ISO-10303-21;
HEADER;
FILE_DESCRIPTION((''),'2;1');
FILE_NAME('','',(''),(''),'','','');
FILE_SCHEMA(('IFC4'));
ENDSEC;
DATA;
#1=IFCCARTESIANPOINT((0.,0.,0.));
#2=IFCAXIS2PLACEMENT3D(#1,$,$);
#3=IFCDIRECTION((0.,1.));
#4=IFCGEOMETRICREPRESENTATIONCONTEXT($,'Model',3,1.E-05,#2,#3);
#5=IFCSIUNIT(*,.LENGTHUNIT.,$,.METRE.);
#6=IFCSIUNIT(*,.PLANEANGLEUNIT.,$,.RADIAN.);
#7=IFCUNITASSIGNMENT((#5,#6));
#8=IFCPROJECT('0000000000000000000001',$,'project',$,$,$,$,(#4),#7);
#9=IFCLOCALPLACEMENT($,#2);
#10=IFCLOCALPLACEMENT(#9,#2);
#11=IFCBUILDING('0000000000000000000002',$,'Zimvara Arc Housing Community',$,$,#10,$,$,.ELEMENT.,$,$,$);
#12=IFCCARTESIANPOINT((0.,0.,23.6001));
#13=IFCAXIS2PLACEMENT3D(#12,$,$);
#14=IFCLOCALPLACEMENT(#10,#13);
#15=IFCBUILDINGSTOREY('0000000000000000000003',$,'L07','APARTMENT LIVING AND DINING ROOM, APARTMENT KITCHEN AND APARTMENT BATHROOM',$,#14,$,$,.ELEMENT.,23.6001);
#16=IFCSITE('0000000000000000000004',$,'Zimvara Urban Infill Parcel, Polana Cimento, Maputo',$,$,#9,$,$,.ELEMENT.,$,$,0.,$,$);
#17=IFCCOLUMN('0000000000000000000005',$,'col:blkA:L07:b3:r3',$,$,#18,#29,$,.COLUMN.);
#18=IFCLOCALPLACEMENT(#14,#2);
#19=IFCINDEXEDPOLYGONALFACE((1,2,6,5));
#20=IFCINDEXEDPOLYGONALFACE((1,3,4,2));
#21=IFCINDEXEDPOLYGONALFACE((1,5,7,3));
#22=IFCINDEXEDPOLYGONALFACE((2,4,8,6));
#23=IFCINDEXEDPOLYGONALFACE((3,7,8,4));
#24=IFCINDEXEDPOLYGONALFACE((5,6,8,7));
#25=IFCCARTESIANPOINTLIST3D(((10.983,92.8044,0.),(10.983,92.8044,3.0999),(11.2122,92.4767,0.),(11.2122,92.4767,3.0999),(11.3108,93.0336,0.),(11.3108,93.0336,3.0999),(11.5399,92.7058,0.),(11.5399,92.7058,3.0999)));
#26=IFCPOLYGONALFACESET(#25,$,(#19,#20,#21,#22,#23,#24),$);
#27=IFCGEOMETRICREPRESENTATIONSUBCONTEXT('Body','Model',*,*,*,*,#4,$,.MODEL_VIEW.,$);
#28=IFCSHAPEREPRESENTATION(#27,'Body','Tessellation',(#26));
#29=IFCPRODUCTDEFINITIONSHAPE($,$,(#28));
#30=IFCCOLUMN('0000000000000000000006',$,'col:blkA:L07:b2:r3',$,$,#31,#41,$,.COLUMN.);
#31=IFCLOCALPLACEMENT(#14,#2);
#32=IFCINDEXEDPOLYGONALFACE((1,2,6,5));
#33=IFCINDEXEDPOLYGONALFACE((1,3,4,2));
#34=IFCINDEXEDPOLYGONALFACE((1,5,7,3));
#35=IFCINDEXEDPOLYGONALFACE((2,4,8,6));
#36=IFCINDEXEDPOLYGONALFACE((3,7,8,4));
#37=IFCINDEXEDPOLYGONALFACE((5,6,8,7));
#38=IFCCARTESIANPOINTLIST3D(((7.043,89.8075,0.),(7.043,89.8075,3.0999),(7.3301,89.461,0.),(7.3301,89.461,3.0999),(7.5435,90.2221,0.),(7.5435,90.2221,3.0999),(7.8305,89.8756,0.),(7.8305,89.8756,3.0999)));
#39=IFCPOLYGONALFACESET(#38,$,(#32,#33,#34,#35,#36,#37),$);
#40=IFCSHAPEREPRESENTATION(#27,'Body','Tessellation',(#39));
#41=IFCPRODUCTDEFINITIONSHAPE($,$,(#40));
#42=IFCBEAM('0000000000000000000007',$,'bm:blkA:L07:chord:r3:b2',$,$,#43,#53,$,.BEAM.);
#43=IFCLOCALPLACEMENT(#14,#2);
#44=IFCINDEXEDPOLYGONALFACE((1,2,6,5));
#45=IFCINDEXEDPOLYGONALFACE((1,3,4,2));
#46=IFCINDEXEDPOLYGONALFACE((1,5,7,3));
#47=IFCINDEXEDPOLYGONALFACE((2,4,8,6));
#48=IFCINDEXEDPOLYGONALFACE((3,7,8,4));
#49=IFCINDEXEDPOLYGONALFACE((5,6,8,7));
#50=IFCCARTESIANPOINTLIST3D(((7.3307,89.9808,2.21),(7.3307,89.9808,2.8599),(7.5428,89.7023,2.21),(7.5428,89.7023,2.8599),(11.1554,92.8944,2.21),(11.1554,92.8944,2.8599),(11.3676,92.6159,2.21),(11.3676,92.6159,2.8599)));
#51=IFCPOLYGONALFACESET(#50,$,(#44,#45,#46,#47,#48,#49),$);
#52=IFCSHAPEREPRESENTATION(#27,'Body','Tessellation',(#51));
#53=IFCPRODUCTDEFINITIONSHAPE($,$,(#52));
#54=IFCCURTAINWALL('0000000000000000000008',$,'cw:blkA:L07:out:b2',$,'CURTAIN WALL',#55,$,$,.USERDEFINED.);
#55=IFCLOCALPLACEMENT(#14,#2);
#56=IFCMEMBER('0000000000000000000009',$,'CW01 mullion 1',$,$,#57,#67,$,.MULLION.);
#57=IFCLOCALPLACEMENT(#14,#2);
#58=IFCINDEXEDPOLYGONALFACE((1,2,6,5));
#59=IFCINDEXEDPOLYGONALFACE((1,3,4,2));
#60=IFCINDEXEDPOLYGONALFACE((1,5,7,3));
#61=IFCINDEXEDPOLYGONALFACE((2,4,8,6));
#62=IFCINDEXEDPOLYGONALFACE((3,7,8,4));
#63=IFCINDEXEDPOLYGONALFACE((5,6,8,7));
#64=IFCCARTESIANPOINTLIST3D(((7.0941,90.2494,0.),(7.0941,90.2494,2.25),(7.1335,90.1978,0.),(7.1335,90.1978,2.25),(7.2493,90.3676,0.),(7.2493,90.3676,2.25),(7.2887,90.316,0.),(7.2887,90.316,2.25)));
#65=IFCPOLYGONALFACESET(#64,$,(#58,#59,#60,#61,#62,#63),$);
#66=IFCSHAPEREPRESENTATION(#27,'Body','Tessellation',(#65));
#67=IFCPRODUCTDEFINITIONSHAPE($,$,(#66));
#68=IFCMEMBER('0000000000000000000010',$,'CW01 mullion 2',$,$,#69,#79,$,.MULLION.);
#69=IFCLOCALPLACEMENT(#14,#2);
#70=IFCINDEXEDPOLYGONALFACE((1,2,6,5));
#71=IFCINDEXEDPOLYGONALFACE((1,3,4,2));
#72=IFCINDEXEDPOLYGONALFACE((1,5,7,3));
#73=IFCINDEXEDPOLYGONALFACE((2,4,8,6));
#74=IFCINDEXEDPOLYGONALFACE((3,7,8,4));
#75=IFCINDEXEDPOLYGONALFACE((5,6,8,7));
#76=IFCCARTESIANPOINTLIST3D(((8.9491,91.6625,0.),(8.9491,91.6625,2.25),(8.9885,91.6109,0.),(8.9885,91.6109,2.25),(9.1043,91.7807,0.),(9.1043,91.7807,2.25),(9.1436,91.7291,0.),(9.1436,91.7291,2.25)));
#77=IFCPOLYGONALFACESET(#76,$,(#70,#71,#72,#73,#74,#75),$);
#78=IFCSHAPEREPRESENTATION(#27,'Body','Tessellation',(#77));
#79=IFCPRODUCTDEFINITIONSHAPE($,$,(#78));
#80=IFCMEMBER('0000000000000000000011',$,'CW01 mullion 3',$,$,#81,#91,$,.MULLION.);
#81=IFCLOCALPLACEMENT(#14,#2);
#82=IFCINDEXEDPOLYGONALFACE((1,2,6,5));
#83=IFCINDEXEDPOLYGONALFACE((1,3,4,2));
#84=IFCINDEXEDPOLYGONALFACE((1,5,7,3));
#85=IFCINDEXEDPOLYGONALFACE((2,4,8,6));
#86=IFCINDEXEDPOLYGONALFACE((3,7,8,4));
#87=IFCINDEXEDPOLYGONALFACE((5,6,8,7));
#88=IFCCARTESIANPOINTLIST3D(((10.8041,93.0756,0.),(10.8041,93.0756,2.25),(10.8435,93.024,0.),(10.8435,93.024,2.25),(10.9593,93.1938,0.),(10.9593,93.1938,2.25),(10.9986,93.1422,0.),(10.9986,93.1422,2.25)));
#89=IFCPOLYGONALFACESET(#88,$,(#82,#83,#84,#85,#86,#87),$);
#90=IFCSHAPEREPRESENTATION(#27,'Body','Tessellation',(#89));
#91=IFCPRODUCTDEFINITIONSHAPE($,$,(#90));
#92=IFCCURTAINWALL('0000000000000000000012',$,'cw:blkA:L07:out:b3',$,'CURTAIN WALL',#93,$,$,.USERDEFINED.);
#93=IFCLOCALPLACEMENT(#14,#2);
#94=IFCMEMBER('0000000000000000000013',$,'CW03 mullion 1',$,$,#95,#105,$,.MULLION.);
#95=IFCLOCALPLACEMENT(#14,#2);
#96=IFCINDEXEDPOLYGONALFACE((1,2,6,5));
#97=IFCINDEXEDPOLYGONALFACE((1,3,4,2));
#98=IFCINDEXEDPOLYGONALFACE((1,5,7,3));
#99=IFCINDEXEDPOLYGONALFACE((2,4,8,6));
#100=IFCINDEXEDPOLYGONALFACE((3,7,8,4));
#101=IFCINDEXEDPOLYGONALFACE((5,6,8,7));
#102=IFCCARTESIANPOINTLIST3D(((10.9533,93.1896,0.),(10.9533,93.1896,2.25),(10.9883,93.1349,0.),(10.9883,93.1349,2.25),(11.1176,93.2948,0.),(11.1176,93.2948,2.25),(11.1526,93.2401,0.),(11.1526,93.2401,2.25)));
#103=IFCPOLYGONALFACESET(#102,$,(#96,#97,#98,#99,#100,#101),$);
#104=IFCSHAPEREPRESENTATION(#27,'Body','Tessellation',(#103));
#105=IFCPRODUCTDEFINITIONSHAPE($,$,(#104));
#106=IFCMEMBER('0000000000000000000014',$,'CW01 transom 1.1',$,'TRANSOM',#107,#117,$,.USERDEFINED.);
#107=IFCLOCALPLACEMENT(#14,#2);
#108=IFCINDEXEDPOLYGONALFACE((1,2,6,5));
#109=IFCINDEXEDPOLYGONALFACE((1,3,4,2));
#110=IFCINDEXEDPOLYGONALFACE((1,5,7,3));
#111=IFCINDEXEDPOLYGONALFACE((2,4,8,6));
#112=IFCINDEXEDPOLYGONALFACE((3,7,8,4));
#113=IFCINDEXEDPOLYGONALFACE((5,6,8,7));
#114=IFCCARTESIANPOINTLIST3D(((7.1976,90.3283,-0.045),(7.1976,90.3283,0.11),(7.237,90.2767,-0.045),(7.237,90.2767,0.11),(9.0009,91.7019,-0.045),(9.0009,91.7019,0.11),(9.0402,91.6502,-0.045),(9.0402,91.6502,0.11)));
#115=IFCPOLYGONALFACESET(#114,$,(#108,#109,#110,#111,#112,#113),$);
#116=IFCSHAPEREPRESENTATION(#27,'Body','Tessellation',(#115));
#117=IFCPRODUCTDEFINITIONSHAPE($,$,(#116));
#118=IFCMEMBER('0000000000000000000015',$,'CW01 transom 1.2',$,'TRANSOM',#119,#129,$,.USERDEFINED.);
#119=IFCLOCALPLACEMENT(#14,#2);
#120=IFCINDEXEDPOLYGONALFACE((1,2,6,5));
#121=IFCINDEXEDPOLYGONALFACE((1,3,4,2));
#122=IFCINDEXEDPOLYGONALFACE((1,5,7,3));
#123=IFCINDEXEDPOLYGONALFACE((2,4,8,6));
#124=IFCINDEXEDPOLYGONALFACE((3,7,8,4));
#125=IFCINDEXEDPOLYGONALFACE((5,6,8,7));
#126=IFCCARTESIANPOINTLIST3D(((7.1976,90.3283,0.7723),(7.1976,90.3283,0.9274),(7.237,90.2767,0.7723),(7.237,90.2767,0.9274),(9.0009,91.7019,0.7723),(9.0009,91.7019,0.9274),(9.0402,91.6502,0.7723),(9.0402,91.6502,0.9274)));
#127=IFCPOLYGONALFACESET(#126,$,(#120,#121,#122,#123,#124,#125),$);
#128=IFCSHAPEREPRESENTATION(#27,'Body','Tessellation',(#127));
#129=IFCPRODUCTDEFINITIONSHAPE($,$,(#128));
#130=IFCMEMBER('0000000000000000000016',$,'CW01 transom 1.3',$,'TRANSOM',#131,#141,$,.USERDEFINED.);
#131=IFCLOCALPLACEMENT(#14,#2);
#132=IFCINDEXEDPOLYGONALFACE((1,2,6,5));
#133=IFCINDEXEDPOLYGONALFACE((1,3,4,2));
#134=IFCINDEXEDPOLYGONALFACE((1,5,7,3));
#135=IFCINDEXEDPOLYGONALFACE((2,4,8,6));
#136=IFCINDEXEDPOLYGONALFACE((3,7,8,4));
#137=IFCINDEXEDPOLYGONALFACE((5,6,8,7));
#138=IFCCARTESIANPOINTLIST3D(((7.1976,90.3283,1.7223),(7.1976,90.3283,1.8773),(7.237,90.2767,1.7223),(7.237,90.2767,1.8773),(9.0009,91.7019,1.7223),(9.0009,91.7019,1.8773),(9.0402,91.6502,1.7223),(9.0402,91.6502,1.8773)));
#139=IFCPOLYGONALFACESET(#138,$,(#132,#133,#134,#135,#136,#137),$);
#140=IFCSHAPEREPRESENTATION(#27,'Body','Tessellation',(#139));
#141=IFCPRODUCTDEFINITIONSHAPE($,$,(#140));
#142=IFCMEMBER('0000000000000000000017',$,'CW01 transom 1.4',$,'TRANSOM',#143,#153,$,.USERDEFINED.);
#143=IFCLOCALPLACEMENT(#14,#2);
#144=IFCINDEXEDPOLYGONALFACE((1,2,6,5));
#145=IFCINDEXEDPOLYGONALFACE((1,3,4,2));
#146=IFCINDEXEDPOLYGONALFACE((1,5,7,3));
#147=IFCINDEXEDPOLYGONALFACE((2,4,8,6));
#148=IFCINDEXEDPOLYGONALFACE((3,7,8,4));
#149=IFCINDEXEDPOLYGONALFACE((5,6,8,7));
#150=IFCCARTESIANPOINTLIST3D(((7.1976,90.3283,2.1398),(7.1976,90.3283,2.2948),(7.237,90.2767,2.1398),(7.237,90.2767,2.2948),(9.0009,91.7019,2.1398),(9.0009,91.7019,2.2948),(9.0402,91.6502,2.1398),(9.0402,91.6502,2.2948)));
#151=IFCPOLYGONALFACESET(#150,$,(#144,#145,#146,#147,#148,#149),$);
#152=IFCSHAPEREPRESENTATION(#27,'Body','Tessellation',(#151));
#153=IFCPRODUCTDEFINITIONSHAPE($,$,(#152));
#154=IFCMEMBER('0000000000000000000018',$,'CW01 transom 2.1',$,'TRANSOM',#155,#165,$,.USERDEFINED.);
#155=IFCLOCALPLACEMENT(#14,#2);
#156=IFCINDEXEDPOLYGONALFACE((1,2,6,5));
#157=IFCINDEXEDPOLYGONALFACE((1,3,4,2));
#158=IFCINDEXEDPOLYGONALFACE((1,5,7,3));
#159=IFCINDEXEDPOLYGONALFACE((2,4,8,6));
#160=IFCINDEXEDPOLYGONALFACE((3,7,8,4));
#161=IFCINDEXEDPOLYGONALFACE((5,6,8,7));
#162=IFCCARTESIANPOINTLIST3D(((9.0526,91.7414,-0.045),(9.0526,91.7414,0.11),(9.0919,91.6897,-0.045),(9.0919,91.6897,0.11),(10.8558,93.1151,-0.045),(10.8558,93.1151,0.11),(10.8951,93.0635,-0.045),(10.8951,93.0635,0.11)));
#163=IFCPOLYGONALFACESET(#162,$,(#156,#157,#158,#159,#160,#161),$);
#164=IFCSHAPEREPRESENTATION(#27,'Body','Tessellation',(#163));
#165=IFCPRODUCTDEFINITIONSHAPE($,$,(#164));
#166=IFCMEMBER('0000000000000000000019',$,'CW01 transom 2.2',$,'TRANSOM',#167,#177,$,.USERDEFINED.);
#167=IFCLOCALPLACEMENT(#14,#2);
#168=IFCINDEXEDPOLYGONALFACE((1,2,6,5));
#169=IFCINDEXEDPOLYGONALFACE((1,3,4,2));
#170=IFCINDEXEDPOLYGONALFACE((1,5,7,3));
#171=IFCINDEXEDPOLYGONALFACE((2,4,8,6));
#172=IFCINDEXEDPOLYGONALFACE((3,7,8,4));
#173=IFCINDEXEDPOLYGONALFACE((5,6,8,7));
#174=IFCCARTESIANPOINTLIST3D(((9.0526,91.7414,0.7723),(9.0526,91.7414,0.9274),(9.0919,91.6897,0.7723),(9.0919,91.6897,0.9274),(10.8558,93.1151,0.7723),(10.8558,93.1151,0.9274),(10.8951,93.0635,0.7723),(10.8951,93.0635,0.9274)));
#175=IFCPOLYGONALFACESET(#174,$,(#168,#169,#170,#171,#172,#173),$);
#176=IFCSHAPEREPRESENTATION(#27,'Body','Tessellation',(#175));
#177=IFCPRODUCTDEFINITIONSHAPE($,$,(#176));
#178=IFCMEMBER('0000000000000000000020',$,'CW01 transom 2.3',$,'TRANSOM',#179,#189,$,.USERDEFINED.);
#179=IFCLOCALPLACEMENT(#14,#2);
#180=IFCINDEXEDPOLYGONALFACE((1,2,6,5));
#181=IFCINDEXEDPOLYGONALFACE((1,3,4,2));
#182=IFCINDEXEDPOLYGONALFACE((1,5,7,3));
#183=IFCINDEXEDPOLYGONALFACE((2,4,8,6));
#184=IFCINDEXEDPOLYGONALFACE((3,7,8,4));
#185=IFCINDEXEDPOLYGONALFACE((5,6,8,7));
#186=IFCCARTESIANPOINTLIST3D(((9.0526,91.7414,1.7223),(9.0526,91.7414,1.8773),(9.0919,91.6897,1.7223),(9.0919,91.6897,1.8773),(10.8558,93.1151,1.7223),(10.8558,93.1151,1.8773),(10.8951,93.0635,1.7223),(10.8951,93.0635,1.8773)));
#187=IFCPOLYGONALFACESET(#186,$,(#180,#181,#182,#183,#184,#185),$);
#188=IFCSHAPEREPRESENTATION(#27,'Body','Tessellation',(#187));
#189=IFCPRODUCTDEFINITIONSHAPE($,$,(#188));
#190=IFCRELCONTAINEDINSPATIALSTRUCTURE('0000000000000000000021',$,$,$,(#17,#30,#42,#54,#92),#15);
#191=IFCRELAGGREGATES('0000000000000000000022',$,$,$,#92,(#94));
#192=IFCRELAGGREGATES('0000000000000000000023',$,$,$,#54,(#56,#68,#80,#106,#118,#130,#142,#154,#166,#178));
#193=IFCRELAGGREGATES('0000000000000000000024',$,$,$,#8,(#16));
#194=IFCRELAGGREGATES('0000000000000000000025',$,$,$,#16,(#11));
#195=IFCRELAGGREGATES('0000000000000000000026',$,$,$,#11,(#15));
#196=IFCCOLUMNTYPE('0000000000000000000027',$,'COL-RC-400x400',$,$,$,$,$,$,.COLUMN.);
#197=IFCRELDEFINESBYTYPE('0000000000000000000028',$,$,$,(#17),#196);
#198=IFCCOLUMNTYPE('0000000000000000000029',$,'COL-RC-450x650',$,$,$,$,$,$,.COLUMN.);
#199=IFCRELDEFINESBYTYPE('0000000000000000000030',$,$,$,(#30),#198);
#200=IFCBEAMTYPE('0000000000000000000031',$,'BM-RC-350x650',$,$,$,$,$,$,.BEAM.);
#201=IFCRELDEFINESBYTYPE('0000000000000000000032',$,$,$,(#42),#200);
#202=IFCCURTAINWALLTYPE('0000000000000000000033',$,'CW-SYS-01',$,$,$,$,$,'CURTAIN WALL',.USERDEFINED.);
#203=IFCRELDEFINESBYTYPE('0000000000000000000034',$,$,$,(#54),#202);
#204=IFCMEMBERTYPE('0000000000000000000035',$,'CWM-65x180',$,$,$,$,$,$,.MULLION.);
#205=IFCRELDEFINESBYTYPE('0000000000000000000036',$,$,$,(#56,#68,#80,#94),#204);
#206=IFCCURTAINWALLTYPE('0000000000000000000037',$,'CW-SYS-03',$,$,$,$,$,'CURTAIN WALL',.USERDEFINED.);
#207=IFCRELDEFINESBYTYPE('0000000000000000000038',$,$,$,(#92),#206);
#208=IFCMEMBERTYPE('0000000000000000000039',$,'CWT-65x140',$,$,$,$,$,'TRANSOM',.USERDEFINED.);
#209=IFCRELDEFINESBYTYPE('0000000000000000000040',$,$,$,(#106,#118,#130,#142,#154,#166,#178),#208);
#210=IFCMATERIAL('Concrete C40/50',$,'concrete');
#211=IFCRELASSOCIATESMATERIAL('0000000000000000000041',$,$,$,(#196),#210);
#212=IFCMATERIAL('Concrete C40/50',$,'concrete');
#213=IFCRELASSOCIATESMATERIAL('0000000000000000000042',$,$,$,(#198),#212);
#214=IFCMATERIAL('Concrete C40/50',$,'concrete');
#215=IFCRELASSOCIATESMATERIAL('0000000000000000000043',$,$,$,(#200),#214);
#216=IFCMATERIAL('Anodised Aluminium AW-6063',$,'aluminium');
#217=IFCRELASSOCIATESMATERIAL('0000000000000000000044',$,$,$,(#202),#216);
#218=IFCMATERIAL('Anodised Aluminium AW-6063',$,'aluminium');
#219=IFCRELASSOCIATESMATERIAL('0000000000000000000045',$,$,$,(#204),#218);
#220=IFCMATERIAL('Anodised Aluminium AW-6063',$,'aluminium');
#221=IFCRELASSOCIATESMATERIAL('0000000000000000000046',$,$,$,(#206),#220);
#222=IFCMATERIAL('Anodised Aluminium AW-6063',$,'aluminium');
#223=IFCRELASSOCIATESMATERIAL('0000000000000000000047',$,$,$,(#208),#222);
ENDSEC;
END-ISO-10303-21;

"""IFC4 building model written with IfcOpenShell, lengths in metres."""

from ifc_helpers import new_model, si_unit, direction, frame, origin, origin_2d, place, context, subcontext, project, spatial, rectangle, extrude, material, material_profile, profile_set, type_object, element, aggregate, save


model = new_model("IFC4")

# Units and contexts
model_context = context("Model", 3, precision=1e-05, world=origin(), true_north=direction((0.0, 1.0)))
body_context = subcontext(model_context, "Body", "Model", "MODEL_VIEW")
ifc_project = project(units=[si_unit("LENGTHUNIT", "METRE"), si_unit("PLANEANGLEUNIT", "RADIAN")], contexts=[model_context])

# Site, building, storey
site_placement = place(None, origin())
site = spatial("IfcSite", under=ifc_project, at=site_placement, Name="Zimvara Urban Infill Parcel, Polana Cimento, Maputo", CompositionType="ELEMENT", RefElevation=0.0)
building_placement = place(site_placement, origin())
building = spatial("IfcBuilding", under=site, at=building_placement, Name="Zimvara Arc Housing Community", CompositionType="ELEMENT")
storey_placement = place(building_placement, frame((0.0, 0.0, 23.6001)))
storey = spatial("IfcBuildingStorey", under=building, at=storey_placement, Name="L07", Description="APARTMENT LIVING AND DINING ROOM, APARTMENT KITCHEN AND APARTMENT BATHROOM", CompositionType="ELEMENT", Elevation=23.6001)

# Columns
ifc_material_1 = material(Name="Concrete C40/50", Category="concrete")
ifc_material_profile_1 = material_profile(ifc_material_1, rectangle(XDim=0.3999, YDim=0.3999, at=origin_2d()), Name="RC 400x400")
ifc_profile_set_1 = profile_set([ifc_material_profile_1], Name="Concrete C40/50")
column_type_1 = type_object("IfcColumnType", Name="COL-RC-400x400", PredefinedType="COLUMN", material=ifc_profile_set_1)
column_1_placement = place(storey_placement, frame((11.2615, 92.7551, 0.0), z_axis=(0.0, 0.0, 1.0), x_axis=(-0.573004, 0.819552, 0.0)))
element("IfcColumn", 1, at=column_1_placement, inside=storey, type_object=column_type_1, Name="col:blkA:L07:b3:r3", PredefinedType="COLUMN", context=body_context, shape_type="SweptSolid", body=[
    extrude(rectangle(XDim=0.3999, YDim=0.3999, at=origin_2d()), origin(), (0.0, 0.0, 1.0), 3.0999),
])
ifc_material_2 = material(Name="Concrete C40/50", Category="concrete")
ifc_material_profile_2 = material_profile(ifc_material_2, rectangle(XDim=0.45, YDim=0.6499, at=origin_2d()), Name="RC 450x650")
ifc_profile_set_2 = profile_set([ifc_material_profile_2], Name="Concrete C40/50")
column_type_2 = type_object("IfcColumnType", Name="COL-RC-450x650", PredefinedType="COLUMN", material=ifc_profile_set_2)
column_2_placement = place(storey_placement, frame((7.4368, 89.8416, 0.0), z_axis=(0.0, 0.0, 1.0), x_axis=(-0.637962, 0.770068, 0.0)))
element("IfcColumn", 2, at=column_2_placement, inside=storey, type_object=column_type_2, Name="col:blkA:L07:b2:r3", PredefinedType="COLUMN", context=body_context, shape_type="SweptSolid", body=[
    extrude(rectangle(XDim=0.45, YDim=0.6499, at=origin_2d()), origin(), (0.0, 0.0, 1.0), 3.0999),
])

# Beam
ifc_material_3 = material(Name="Concrete C40/50", Category="concrete")
ifc_material_profile_3 = material_profile(ifc_material_3, rectangle(XDim=0.3501, YDim=0.6499, at=origin_2d()), Name="RC 350x650")
ifc_profile_set_3 = profile_set([ifc_material_profile_3], Name="Concrete C40/50")
beam_type = type_object("IfcBeamType", Name="BM-RC-350x650", PredefinedType="BEAM", material=ifc_profile_set_3)
beam_placement = place(storey_placement, frame((7.4368, 89.8416, 2.5349), z_axis=(0.795481, 0.605979, 0.0), x_axis=(-0.605979, 0.795481, 0.0)))
element("IfcBeam", 3, at=beam_placement, inside=storey, type_object=beam_type, Name="bm:blkA:L07:chord:r3:b2", PredefinedType="BEAM", context=body_context, shape_type="SweptSolid", body=[
    extrude(rectangle(XDim=0.3501, YDim=0.6499, at=origin_2d()), origin(), (0.0, 0.0, 1.0), 4.8081),
])

# Curtain wall, members
ifc_material_4 = material(Name="Anodised Aluminium AW-6063", Category="aluminium")
curtain_wall_type_1 = type_object("IfcCurtainWallType", Name="CW-SYS-01", ElementType="CURTAIN WALL", PredefinedType="USERDEFINED", material=ifc_material_4)
curtain_wall_1_placement = place(storey_placement, origin())
curtain_wall_1 = element("IfcCurtainWall", 4, at=curtain_wall_1_placement, inside=storey, type_object=curtain_wall_type_1, Name="cw:blkA:L07:out:b2", ObjectType="CURTAIN WALL", PredefinedType="USERDEFINED")
ifc_material_5 = material(Name="Anodised Aluminium AW-6063", Category="aluminium")
ifc_material_profile_4 = material_profile(ifc_material_5, rectangle(XDim=0.0649, YDim=0.1951, at=origin_2d()), Name="ALU 65x195")
ifc_profile_set_4 = profile_set([ifc_material_profile_4], Name="Anodised Aluminium AW-6063")
member_type_1 = type_object("IfcMemberType", Name="CWM-65x180", PredefinedType="MULLION", material=ifc_profile_set_4)
member_1_placement = place(storey_placement, frame((7.1914, 90.2827, 0.0), z_axis=(0.0, 0.0, 1.0), x_axis=(-0.605988, 0.795474, 0.0)))
member_1 = element("IfcMember", 5, at=member_1_placement, type_object=member_type_1, Name="CW01 mullion 1", PredefinedType="MULLION", context=body_context, shape_type="SweptSolid", body=[
    extrude(rectangle(XDim=0.0649, YDim=0.1951, at=origin_2d()), origin(), (0.0, 0.0, 1.0), 2.25),
])
member_2_placement = place(storey_placement, frame((9.0464, 91.6958, 0.0), z_axis=(0.0, 0.0, 1.0), x_axis=(-0.605988, 0.795474, 0.0)))
member_2 = element("IfcMember", 6, at=member_2_placement, type_object=member_type_1, Name="CW01 mullion 2", PredefinedType="MULLION", context=body_context, shape_type="SweptSolid", body=[
    extrude(rectangle(XDim=0.0649, YDim=0.1951, at=origin_2d()), origin(), (0.0, 0.0, 1.0), 2.25),
])
member_3_placement = place(storey_placement, frame((10.9014, 93.1089, 0.0), z_axis=(0.0, 0.0, 1.0), x_axis=(-0.605988, 0.795474, 0.0)))
member_3 = element("IfcMember", 7, at=member_3_placement, type_object=member_type_1, Name="CW01 mullion 3", PredefinedType="MULLION", context=body_context, shape_type="SweptSolid", body=[
    extrude(rectangle(XDim=0.0649, YDim=0.1951, at=origin_2d()), origin(), (0.0, 0.0, 1.0), 2.25),
])

# Curtain wall, member
ifc_material_6 = material(Name="Anodised Aluminium AW-6063", Category="aluminium")
curtain_wall_type_2 = type_object("IfcCurtainWallType", Name="CW-SYS-03", ElementType="CURTAIN WALL", PredefinedType="USERDEFINED", material=ifc_material_6)
curtain_wall_2_placement = place(storey_placement, origin())
curtain_wall_2 = element("IfcCurtainWall", 8, at=curtain_wall_2_placement, inside=storey, type_object=curtain_wall_type_2, Name="cw:blkA:L07:out:b3", ObjectType="CURTAIN WALL", PredefinedType="USERDEFINED")
member_4_placement = place(storey_placement, frame((11.053, 93.2148, 0.0), z_axis=(0.0, 0.0, 1.0), x_axis=(-0.539065, 0.842264, 0.0)))
member_4 = element("IfcMember", 9, at=member_4_placement, type_object=member_type_1, Name="CW03 mullion 1", PredefinedType="MULLION", context=body_context, shape_type="SweptSolid", body=[
    extrude(rectangle(XDim=0.0649, YDim=0.1951, at=origin_2d()), origin(), (0.0, 0.0, 1.0), 2.25),
])

# Members
ifc_material_7 = material(Name="Anodised Aluminium AW-6063", Category="aluminium")
ifc_material_profile_5 = material_profile(ifc_material_7, rectangle(XDim=0.0649, YDim=0.155, at=origin_2d()), Name="ALU 65x155")
ifc_profile_set_5 = profile_set([ifc_material_profile_5], Name="Anodised Aluminium AW-6063")
member_type_2 = type_object("IfcMemberType", Name="CWT-65x140", ElementType="TRANSOM", PredefinedType="USERDEFINED", material=ifc_profile_set_5)
member_5_placement = place(storey_placement, frame((7.2173, 90.3025, 0.0325), z_axis=(0.795506, 0.605946, 0.0), x_axis=(-0.605946, 0.795506, 0.0)))
member_5 = element("IfcMember", 10, at=member_5_placement, type_object=member_type_2, Name="CW01 transom 1.1", ObjectType="TRANSOM", PredefinedType="USERDEFINED", context=body_context, shape_type="SweptSolid", body=[
    extrude(rectangle(XDim=0.0649, YDim=0.155, at=origin_2d()), origin(), (0.0, 0.0, 1.0), 2.2668),
])
member_6_placement = place(storey_placement, frame((7.2173, 90.3025, 0.8499), z_axis=(0.795506, 0.605946, 0.0), x_axis=(-0.605946, 0.795506, 0.0)))
member_6 = element("IfcMember", 11, at=member_6_placement, type_object=member_type_2, Name="CW01 transom 1.2", ObjectType="TRANSOM", PredefinedType="USERDEFINED", context=body_context, shape_type="SweptSolid", body=[
    extrude(rectangle(XDim=0.0649, YDim=0.155, at=origin_2d()), origin(), (0.0, 0.0, 1.0), 2.2668),
])
member_7_placement = place(storey_placement, frame((7.2173, 90.3025, 1.7998), z_axis=(0.795506, 0.605946, 0.0), x_axis=(-0.605946, 0.795506, 0.0)))
member_7 = element("IfcMember", 12, at=member_7_placement, type_object=member_type_2, Name="CW01 transom 1.3", ObjectType="TRANSOM", PredefinedType="USERDEFINED", context=body_context, shape_type="SweptSolid", body=[
    extrude(rectangle(XDim=0.0649, YDim=0.155, at=origin_2d()), origin(), (0.0, 0.0, 1.0), 2.2668),
])
member_8_placement = place(storey_placement, frame((7.2173, 90.3025, 2.2173), z_axis=(0.795506, 0.605946, 0.0), x_axis=(-0.605946, 0.795506, 0.0)))
member_8 = element("IfcMember", 13, at=member_8_placement, type_object=member_type_2, Name="CW01 transom 1.4", ObjectType="TRANSOM", PredefinedType="USERDEFINED", context=body_context, shape_type="SweptSolid", body=[
    extrude(rectangle(XDim=0.0649, YDim=0.155, at=origin_2d()), origin(), (0.0, 0.0, 1.0), 2.2668),
])
member_9_placement = place(storey_placement, frame((9.0723, 91.7156, 0.0325), z_axis=(0.795454, 0.606014, 0.0), x_axis=(-0.606014, 0.795454, 0.0)))
member_9 = element("IfcMember", 14, at=member_9_placement, type_object=member_type_2, Name="CW01 transom 2.1", ObjectType="TRANSOM", PredefinedType="USERDEFINED", context=body_context, shape_type="SweptSolid", body=[
    extrude(rectangle(XDim=0.0649, YDim=0.155, at=origin_2d()), origin(), (0.0, 0.0, 1.0), 2.2668),
])
member_10_placement = place(storey_placement, frame((9.0723, 91.7156, 0.8499), z_axis=(0.795454, 0.606014, 0.0), x_axis=(-0.606014, 0.795454, 0.0)))
member_10 = element("IfcMember", 15, at=member_10_placement, type_object=member_type_2, Name="CW01 transom 2.2", ObjectType="TRANSOM", PredefinedType="USERDEFINED", context=body_context, shape_type="SweptSolid", body=[
    extrude(rectangle(XDim=0.0649, YDim=0.155, at=origin_2d()), origin(), (0.0, 0.0, 1.0), 2.2668),
])
member_11_placement = place(storey_placement, frame((9.0723, 91.7156, 1.7998), z_axis=(0.795454, 0.606014, 0.0), x_axis=(-0.606014, 0.795454, 0.0)))
member_11 = element("IfcMember", 16, at=member_11_placement, type_object=member_type_2, Name="CW01 transom 2.3", ObjectType="TRANSOM", PredefinedType="USERDEFINED", context=body_context, shape_type="SweptSolid", body=[
    extrude(rectangle(XDim=0.0649, YDim=0.155, at=origin_2d()), origin(), (0.0, 0.0, 1.0), 2.2668),
])
aggregate(curtain_wall_2, [member_4])

aggregate(curtain_wall_1, [member_1, member_2, member_3, member_5, member_6, member_7, member_8, member_9, member_10, member_11])

save(model, "model.ifc")
